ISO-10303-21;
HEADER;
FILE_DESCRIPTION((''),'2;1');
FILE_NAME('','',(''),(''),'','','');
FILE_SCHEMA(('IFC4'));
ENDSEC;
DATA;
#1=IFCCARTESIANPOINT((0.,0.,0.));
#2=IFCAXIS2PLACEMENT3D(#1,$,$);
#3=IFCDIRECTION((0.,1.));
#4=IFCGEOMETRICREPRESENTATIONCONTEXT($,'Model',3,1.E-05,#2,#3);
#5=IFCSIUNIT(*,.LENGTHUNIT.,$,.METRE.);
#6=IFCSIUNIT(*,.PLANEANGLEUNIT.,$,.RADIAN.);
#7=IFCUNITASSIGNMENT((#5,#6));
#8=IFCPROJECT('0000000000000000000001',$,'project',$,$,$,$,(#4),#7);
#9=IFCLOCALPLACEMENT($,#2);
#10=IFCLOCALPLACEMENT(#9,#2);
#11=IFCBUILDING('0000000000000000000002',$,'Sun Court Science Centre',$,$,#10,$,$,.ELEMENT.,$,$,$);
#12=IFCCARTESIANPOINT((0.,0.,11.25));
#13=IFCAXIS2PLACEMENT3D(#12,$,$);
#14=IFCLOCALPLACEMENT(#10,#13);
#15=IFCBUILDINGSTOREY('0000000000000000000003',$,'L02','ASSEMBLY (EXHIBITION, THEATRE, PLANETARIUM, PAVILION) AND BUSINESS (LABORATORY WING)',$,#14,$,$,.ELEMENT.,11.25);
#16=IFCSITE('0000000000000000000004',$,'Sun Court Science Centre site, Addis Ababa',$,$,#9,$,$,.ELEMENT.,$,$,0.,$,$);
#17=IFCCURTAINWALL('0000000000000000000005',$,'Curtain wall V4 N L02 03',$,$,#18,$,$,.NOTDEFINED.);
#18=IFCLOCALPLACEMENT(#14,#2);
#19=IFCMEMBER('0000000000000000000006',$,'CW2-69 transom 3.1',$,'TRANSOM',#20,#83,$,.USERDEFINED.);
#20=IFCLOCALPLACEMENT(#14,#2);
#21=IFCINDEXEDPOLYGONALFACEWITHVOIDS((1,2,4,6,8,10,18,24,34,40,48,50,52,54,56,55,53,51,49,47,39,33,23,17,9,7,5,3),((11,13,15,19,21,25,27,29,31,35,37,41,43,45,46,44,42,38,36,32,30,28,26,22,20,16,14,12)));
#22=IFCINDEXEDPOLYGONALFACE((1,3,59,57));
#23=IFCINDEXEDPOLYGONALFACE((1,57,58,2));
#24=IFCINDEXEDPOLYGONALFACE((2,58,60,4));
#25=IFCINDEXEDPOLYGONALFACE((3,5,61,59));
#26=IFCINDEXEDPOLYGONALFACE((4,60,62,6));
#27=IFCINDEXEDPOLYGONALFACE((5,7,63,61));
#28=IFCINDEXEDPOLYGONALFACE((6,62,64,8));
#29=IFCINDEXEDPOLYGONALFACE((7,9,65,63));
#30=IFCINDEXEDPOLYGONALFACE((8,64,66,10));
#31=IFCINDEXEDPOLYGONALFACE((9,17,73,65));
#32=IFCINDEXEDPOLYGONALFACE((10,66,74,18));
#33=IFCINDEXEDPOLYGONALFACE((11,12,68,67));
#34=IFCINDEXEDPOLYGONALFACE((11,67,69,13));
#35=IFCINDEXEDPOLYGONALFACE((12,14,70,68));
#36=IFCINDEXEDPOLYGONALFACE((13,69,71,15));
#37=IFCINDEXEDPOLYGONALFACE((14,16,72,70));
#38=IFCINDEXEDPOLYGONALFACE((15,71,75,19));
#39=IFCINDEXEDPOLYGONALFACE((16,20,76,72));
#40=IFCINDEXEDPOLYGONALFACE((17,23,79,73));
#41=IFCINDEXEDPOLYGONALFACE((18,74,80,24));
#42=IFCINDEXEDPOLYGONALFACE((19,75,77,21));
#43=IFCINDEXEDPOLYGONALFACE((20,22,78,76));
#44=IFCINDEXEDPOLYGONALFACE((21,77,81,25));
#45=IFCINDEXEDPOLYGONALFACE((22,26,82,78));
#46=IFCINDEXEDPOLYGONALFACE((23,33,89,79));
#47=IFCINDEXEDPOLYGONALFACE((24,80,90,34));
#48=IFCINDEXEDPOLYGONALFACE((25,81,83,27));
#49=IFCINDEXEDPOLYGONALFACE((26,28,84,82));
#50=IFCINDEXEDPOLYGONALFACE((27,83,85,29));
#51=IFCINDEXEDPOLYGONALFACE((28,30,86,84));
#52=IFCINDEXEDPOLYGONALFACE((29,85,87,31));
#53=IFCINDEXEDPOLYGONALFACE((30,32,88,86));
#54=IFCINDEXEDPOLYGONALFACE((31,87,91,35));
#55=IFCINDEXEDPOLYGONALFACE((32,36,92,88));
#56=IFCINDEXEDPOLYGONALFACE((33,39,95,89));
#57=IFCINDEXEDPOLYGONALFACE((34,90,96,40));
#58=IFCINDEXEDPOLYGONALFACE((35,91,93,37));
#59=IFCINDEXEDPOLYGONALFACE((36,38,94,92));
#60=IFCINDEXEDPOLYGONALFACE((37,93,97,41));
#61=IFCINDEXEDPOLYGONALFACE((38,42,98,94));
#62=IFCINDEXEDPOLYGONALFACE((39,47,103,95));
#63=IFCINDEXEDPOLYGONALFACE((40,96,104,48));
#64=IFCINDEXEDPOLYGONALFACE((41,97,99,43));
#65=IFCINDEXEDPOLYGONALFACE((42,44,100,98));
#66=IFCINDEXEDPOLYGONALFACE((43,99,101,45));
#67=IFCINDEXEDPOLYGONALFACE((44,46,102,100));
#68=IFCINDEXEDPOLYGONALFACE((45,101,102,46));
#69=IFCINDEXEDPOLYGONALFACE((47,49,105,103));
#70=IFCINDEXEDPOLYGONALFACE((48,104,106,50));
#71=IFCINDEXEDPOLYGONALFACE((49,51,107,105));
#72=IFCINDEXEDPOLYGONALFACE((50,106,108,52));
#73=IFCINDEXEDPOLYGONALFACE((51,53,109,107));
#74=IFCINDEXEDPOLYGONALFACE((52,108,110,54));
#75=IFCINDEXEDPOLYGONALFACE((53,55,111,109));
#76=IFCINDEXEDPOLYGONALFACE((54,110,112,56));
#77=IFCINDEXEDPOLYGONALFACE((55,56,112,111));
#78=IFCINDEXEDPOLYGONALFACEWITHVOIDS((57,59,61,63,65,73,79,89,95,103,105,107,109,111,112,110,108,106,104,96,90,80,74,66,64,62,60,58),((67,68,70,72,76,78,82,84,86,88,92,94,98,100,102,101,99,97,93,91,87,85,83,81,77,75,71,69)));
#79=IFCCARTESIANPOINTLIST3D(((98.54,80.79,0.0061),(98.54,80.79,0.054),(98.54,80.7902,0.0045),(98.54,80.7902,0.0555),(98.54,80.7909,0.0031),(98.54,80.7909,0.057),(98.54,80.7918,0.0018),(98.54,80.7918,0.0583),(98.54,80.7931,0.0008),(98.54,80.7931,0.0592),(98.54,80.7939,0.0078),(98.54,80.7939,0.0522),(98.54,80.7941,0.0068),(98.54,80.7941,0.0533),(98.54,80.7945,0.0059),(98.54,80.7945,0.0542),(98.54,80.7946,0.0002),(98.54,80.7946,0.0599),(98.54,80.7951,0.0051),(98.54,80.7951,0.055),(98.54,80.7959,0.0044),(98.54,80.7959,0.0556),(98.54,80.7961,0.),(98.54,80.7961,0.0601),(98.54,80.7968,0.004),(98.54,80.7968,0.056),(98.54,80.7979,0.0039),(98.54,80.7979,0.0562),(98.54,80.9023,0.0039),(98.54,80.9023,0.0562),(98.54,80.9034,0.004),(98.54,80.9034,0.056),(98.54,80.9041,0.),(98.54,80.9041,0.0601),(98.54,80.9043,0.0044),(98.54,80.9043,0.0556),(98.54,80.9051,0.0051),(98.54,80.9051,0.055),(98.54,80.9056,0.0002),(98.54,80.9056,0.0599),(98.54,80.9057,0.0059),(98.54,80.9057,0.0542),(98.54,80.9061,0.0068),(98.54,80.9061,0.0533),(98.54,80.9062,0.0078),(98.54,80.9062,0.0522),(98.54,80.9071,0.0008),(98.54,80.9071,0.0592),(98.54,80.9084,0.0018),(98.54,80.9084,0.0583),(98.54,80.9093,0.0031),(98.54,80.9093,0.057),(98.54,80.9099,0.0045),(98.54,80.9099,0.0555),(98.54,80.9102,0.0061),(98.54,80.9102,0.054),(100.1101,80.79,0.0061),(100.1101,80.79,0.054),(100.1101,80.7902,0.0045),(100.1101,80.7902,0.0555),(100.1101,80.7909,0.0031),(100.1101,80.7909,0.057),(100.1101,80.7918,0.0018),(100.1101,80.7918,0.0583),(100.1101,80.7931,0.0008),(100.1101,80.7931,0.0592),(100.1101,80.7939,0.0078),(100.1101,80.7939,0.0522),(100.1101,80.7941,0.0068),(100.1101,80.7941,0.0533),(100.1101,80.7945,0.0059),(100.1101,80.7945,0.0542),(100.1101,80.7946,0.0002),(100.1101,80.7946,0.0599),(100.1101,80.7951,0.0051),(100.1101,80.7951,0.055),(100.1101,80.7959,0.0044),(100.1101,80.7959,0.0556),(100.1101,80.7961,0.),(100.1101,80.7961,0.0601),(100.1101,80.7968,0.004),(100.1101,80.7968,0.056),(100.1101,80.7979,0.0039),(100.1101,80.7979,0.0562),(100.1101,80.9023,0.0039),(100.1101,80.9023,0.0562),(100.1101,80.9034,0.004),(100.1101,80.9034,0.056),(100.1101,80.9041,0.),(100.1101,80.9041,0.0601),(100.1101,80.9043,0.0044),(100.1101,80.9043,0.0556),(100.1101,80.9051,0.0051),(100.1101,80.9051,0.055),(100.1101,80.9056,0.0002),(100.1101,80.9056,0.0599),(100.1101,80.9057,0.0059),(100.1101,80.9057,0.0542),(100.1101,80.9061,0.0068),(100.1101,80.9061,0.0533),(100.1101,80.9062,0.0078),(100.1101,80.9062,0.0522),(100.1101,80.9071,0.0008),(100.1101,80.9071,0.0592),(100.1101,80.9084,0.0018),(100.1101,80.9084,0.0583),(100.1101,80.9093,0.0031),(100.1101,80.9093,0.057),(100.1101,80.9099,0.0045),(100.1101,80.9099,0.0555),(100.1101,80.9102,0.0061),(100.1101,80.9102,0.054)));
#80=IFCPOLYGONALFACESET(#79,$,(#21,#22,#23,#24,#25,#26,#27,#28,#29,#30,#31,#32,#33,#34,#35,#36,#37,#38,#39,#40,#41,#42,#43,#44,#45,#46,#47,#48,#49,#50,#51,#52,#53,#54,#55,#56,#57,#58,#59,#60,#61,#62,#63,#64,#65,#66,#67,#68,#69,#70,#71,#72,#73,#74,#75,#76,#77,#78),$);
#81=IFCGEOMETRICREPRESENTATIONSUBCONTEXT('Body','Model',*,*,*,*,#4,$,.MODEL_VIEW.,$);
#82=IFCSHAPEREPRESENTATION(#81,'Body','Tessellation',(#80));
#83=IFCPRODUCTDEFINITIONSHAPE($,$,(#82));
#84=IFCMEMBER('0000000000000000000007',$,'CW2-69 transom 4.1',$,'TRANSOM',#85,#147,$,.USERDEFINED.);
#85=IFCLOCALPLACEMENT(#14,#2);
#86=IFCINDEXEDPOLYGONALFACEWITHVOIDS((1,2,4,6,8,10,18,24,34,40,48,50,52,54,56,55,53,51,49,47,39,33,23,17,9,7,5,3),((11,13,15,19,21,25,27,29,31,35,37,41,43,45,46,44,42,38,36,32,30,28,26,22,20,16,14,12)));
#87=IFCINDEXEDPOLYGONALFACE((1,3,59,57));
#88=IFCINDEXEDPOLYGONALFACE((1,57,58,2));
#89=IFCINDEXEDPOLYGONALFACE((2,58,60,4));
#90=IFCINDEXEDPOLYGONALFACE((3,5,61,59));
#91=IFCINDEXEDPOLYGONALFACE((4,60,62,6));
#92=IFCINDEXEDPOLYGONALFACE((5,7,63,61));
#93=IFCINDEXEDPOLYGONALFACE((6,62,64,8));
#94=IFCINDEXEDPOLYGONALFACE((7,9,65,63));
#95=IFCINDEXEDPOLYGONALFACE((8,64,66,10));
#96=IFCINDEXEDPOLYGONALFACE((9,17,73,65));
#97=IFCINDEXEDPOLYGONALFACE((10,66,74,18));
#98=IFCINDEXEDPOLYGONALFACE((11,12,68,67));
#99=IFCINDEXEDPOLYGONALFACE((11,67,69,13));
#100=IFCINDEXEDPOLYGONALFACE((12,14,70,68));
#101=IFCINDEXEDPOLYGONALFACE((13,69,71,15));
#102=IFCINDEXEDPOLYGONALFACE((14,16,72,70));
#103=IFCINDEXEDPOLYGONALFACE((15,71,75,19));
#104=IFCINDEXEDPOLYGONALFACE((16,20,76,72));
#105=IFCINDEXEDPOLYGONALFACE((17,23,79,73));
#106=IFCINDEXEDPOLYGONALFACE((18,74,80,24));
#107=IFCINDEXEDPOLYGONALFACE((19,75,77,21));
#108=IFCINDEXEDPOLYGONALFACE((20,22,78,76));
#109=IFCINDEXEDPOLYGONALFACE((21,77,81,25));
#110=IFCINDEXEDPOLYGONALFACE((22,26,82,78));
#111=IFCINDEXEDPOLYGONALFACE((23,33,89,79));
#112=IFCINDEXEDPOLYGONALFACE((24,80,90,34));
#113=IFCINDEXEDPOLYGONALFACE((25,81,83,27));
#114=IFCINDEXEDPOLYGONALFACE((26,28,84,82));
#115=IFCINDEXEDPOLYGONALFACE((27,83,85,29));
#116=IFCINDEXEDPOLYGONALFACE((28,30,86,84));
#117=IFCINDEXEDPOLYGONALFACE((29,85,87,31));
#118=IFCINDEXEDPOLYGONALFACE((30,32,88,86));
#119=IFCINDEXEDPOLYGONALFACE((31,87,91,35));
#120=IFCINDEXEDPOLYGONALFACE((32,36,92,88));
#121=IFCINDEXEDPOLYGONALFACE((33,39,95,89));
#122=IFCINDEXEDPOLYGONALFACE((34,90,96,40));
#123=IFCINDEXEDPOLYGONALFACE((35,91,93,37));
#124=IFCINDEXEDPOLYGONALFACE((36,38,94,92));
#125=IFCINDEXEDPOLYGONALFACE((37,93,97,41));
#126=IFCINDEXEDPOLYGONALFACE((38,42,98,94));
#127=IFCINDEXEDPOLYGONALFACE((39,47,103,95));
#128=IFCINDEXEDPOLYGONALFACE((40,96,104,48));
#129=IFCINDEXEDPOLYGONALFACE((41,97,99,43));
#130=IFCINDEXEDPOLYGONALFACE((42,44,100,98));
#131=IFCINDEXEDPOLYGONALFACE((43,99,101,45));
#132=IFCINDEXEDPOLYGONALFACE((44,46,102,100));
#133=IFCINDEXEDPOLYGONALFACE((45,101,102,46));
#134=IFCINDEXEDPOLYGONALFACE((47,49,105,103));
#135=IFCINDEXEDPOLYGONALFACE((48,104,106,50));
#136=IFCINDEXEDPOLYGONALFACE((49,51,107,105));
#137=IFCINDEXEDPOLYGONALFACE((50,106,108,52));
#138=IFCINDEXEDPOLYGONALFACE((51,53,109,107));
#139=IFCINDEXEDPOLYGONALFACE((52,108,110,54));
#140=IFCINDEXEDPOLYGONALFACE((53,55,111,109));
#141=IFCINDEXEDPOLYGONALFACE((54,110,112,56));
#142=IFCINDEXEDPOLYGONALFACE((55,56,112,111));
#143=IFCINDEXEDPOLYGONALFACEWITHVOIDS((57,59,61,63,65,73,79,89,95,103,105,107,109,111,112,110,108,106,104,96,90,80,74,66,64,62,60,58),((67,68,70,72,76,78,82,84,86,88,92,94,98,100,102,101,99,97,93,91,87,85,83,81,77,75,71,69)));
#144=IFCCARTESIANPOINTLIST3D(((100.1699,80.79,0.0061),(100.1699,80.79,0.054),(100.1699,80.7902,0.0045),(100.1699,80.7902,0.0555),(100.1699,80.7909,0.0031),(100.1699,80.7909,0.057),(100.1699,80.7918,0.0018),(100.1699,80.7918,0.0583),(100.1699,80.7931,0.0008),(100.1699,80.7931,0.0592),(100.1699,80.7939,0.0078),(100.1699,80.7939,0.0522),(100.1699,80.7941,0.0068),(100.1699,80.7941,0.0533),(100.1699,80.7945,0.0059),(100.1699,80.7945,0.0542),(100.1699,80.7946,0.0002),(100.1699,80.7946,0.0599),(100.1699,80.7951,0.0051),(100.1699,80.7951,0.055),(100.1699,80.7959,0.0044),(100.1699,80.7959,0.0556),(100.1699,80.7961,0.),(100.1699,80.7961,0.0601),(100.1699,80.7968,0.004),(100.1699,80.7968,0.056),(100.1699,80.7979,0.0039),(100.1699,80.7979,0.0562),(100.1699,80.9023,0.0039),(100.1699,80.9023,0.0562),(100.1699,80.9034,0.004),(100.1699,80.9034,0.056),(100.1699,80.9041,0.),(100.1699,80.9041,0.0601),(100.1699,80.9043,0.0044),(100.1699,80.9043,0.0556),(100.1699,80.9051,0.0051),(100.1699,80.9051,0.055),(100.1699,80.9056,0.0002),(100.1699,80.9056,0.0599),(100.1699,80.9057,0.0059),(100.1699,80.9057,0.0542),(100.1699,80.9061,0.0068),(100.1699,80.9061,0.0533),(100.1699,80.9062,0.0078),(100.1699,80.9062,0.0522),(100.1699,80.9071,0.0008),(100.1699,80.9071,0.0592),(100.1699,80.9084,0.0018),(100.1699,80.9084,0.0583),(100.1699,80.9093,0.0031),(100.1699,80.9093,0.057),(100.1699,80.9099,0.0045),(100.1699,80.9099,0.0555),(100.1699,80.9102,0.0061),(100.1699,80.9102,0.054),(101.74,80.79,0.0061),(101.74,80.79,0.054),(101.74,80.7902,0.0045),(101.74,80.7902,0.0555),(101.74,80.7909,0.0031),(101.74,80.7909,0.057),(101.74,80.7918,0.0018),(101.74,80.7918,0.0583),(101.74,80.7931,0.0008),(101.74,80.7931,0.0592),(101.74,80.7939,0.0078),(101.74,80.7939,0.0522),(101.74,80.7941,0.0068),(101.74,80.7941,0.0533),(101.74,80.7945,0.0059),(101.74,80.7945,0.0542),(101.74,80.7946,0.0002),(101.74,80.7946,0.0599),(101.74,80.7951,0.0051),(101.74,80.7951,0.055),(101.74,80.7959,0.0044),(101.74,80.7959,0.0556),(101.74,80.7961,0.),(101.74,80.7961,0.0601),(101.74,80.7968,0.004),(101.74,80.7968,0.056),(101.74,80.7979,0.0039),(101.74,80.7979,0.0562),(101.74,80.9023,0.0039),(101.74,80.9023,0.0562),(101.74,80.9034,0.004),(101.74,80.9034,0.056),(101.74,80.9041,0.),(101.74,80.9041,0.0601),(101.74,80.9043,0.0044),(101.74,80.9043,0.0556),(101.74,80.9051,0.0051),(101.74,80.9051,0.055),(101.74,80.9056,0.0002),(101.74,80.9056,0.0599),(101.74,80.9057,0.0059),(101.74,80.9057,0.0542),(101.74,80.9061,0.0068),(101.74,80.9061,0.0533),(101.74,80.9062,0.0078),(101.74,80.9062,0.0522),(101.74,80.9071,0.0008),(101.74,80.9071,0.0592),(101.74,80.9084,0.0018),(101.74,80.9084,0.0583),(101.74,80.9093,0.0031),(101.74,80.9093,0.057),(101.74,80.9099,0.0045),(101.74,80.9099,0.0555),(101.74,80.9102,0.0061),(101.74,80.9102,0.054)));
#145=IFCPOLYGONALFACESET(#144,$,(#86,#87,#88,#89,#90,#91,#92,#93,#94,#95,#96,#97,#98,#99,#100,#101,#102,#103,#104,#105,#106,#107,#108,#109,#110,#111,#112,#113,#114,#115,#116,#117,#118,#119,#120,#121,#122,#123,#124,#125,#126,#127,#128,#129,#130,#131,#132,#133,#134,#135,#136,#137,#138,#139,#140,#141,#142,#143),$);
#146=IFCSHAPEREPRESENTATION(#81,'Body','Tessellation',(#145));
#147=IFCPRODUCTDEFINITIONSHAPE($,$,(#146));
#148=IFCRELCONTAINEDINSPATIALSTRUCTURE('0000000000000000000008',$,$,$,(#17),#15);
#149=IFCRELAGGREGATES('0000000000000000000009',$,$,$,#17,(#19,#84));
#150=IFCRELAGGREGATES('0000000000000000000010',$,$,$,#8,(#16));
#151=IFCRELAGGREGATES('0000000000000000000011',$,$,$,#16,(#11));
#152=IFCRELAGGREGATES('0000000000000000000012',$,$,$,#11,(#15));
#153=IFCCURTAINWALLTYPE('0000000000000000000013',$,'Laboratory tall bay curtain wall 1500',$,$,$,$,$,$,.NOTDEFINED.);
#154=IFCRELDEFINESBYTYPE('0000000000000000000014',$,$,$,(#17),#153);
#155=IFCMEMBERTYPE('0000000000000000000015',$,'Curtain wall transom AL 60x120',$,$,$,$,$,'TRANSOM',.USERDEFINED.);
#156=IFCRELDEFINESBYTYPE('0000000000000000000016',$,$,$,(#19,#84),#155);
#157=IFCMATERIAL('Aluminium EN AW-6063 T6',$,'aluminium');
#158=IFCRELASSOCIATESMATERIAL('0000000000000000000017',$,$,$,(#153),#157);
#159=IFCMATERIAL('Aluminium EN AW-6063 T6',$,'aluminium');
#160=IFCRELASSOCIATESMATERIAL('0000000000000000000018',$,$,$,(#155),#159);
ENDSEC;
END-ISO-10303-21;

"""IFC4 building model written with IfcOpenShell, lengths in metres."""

from ifc_helpers import new_model, si_unit, direction, frame, origin, origin_2d, place, context, subcontext, project, spatial, hollow_rectangle, extrude, material, material_profile, profile_set, type_object, element, aggregate, save


model = new_model("IFC4")

# Units and contexts
model_context = context("Model", 3, precision=1e-05, world=origin(), true_north=direction((0.0, 1.0)))
body_context = subcontext(model_context, "Body", "Model", "MODEL_VIEW")
ifc_project = project(units=[si_unit("LENGTHUNIT", "METRE"), si_unit("PLANEANGLEUNIT", "RADIAN")], contexts=[model_context])

# Site, building, storey
site_placement = place(None, origin())
site = spatial("IfcSite", under=ifc_project, at=site_placement, Name="Sun Court Science Centre site, Addis Ababa", CompositionType="ELEMENT", RefElevation=0.0)
building_placement = place(site_placement, origin())
building = spatial("IfcBuilding", under=site, at=building_placement, Name="Sun Court Science Centre", CompositionType="ELEMENT")
storey_placement = place(building_placement, frame((0.0, 0.0, 11.25)))
storey = spatial("IfcBuildingStorey", under=building, at=storey_placement, Name="L02", Description="ASSEMBLY (EXHIBITION, THEATRE, PLANETARIUM, PAVILION) AND BUSINESS (LABORATORY WING)", CompositionType="ELEMENT", Elevation=11.25)

# Curtain wall, members
ifc_material_1 = material(Name="Aluminium EN AW-6063 T6", Category="aluminium")
curtain_wall_type = type_object("IfcCurtainWallType", Name="Laboratory tall bay curtain wall 1500", PredefinedType="NOTDEFINED", material=ifc_material_1)
curtain_wall_placement = place(storey_placement, origin())
curtain_wall = element("IfcCurtainWall", 1, at=curtain_wall_placement, inside=storey, type_object=curtain_wall_type, Name="Curtain wall V4 N L02 03", PredefinedType="NOTDEFINED")
ifc_material_2 = material(Name="Aluminium EN AW-6063 T6", Category="aluminium")
ifc_material_profile_1 = material_profile(ifc_material_2, hollow_rectangle(XDim=0.0601, YDim=0.1201, WallThickness=0.0039, InnerFilletRadius=0.0039, OuterFilletRadius=0.0061, at=origin_2d()), Name="AL 60x120x4")
ifc_profile_set_1 = profile_set([ifc_material_profile_1], Name="Aluminium EN AW-6063 T6")
member_type_1 = type_object("IfcMemberType", Name="Curtain wall transom AL 60x120", ElementType="TRANSOM", PredefinedType="USERDEFINED", material=ifc_profile_set_1)
member_1_placement = place(storey_placement, frame((98.54, 80.8501, 0.03), z_axis=(1.0, 0.0, 0.0), x_axis=(0.0, 0.0, 1.0)))
member_1 = element("IfcMember", 2, at=member_1_placement, type_object=member_type_1, Name="CW2-69 transom 3.1", ObjectType="TRANSOM", PredefinedType="USERDEFINED", context=body_context, shape_type="SweptSolid", body=[
    extrude(hollow_rectangle(XDim=0.0601, YDim=0.1201, WallThickness=0.0039, InnerFilletRadius=0.0039, OuterFilletRadius=0.0061, at=origin_2d()), origin(), (0.0, 0.0, 1.0), 1.5701),
])
member_2_placement = place(storey_placement, frame((100.1699, 80.8501, 0.03), z_axis=(1.0, 0.0, 0.0), x_axis=(0.0, 0.0, 1.0)))
member_2 = element("IfcMember", 3, at=member_2_placement, type_object=member_type_1, Name="CW2-69 transom 4.1", ObjectType="TRANSOM", PredefinedType="USERDEFINED", context=body_context, shape_type="SweptSolid", body=[
    extrude(hollow_rectangle(XDim=0.0601, YDim=0.1201, WallThickness=0.0039, InnerFilletRadius=0.0039, OuterFilletRadius=0.0061, at=origin_2d()), origin(), (0.0, 0.0, 1.0), 1.5701),
])
aggregate(curtain_wall, [member_1, member_2])

save(model, "model.ifc")
